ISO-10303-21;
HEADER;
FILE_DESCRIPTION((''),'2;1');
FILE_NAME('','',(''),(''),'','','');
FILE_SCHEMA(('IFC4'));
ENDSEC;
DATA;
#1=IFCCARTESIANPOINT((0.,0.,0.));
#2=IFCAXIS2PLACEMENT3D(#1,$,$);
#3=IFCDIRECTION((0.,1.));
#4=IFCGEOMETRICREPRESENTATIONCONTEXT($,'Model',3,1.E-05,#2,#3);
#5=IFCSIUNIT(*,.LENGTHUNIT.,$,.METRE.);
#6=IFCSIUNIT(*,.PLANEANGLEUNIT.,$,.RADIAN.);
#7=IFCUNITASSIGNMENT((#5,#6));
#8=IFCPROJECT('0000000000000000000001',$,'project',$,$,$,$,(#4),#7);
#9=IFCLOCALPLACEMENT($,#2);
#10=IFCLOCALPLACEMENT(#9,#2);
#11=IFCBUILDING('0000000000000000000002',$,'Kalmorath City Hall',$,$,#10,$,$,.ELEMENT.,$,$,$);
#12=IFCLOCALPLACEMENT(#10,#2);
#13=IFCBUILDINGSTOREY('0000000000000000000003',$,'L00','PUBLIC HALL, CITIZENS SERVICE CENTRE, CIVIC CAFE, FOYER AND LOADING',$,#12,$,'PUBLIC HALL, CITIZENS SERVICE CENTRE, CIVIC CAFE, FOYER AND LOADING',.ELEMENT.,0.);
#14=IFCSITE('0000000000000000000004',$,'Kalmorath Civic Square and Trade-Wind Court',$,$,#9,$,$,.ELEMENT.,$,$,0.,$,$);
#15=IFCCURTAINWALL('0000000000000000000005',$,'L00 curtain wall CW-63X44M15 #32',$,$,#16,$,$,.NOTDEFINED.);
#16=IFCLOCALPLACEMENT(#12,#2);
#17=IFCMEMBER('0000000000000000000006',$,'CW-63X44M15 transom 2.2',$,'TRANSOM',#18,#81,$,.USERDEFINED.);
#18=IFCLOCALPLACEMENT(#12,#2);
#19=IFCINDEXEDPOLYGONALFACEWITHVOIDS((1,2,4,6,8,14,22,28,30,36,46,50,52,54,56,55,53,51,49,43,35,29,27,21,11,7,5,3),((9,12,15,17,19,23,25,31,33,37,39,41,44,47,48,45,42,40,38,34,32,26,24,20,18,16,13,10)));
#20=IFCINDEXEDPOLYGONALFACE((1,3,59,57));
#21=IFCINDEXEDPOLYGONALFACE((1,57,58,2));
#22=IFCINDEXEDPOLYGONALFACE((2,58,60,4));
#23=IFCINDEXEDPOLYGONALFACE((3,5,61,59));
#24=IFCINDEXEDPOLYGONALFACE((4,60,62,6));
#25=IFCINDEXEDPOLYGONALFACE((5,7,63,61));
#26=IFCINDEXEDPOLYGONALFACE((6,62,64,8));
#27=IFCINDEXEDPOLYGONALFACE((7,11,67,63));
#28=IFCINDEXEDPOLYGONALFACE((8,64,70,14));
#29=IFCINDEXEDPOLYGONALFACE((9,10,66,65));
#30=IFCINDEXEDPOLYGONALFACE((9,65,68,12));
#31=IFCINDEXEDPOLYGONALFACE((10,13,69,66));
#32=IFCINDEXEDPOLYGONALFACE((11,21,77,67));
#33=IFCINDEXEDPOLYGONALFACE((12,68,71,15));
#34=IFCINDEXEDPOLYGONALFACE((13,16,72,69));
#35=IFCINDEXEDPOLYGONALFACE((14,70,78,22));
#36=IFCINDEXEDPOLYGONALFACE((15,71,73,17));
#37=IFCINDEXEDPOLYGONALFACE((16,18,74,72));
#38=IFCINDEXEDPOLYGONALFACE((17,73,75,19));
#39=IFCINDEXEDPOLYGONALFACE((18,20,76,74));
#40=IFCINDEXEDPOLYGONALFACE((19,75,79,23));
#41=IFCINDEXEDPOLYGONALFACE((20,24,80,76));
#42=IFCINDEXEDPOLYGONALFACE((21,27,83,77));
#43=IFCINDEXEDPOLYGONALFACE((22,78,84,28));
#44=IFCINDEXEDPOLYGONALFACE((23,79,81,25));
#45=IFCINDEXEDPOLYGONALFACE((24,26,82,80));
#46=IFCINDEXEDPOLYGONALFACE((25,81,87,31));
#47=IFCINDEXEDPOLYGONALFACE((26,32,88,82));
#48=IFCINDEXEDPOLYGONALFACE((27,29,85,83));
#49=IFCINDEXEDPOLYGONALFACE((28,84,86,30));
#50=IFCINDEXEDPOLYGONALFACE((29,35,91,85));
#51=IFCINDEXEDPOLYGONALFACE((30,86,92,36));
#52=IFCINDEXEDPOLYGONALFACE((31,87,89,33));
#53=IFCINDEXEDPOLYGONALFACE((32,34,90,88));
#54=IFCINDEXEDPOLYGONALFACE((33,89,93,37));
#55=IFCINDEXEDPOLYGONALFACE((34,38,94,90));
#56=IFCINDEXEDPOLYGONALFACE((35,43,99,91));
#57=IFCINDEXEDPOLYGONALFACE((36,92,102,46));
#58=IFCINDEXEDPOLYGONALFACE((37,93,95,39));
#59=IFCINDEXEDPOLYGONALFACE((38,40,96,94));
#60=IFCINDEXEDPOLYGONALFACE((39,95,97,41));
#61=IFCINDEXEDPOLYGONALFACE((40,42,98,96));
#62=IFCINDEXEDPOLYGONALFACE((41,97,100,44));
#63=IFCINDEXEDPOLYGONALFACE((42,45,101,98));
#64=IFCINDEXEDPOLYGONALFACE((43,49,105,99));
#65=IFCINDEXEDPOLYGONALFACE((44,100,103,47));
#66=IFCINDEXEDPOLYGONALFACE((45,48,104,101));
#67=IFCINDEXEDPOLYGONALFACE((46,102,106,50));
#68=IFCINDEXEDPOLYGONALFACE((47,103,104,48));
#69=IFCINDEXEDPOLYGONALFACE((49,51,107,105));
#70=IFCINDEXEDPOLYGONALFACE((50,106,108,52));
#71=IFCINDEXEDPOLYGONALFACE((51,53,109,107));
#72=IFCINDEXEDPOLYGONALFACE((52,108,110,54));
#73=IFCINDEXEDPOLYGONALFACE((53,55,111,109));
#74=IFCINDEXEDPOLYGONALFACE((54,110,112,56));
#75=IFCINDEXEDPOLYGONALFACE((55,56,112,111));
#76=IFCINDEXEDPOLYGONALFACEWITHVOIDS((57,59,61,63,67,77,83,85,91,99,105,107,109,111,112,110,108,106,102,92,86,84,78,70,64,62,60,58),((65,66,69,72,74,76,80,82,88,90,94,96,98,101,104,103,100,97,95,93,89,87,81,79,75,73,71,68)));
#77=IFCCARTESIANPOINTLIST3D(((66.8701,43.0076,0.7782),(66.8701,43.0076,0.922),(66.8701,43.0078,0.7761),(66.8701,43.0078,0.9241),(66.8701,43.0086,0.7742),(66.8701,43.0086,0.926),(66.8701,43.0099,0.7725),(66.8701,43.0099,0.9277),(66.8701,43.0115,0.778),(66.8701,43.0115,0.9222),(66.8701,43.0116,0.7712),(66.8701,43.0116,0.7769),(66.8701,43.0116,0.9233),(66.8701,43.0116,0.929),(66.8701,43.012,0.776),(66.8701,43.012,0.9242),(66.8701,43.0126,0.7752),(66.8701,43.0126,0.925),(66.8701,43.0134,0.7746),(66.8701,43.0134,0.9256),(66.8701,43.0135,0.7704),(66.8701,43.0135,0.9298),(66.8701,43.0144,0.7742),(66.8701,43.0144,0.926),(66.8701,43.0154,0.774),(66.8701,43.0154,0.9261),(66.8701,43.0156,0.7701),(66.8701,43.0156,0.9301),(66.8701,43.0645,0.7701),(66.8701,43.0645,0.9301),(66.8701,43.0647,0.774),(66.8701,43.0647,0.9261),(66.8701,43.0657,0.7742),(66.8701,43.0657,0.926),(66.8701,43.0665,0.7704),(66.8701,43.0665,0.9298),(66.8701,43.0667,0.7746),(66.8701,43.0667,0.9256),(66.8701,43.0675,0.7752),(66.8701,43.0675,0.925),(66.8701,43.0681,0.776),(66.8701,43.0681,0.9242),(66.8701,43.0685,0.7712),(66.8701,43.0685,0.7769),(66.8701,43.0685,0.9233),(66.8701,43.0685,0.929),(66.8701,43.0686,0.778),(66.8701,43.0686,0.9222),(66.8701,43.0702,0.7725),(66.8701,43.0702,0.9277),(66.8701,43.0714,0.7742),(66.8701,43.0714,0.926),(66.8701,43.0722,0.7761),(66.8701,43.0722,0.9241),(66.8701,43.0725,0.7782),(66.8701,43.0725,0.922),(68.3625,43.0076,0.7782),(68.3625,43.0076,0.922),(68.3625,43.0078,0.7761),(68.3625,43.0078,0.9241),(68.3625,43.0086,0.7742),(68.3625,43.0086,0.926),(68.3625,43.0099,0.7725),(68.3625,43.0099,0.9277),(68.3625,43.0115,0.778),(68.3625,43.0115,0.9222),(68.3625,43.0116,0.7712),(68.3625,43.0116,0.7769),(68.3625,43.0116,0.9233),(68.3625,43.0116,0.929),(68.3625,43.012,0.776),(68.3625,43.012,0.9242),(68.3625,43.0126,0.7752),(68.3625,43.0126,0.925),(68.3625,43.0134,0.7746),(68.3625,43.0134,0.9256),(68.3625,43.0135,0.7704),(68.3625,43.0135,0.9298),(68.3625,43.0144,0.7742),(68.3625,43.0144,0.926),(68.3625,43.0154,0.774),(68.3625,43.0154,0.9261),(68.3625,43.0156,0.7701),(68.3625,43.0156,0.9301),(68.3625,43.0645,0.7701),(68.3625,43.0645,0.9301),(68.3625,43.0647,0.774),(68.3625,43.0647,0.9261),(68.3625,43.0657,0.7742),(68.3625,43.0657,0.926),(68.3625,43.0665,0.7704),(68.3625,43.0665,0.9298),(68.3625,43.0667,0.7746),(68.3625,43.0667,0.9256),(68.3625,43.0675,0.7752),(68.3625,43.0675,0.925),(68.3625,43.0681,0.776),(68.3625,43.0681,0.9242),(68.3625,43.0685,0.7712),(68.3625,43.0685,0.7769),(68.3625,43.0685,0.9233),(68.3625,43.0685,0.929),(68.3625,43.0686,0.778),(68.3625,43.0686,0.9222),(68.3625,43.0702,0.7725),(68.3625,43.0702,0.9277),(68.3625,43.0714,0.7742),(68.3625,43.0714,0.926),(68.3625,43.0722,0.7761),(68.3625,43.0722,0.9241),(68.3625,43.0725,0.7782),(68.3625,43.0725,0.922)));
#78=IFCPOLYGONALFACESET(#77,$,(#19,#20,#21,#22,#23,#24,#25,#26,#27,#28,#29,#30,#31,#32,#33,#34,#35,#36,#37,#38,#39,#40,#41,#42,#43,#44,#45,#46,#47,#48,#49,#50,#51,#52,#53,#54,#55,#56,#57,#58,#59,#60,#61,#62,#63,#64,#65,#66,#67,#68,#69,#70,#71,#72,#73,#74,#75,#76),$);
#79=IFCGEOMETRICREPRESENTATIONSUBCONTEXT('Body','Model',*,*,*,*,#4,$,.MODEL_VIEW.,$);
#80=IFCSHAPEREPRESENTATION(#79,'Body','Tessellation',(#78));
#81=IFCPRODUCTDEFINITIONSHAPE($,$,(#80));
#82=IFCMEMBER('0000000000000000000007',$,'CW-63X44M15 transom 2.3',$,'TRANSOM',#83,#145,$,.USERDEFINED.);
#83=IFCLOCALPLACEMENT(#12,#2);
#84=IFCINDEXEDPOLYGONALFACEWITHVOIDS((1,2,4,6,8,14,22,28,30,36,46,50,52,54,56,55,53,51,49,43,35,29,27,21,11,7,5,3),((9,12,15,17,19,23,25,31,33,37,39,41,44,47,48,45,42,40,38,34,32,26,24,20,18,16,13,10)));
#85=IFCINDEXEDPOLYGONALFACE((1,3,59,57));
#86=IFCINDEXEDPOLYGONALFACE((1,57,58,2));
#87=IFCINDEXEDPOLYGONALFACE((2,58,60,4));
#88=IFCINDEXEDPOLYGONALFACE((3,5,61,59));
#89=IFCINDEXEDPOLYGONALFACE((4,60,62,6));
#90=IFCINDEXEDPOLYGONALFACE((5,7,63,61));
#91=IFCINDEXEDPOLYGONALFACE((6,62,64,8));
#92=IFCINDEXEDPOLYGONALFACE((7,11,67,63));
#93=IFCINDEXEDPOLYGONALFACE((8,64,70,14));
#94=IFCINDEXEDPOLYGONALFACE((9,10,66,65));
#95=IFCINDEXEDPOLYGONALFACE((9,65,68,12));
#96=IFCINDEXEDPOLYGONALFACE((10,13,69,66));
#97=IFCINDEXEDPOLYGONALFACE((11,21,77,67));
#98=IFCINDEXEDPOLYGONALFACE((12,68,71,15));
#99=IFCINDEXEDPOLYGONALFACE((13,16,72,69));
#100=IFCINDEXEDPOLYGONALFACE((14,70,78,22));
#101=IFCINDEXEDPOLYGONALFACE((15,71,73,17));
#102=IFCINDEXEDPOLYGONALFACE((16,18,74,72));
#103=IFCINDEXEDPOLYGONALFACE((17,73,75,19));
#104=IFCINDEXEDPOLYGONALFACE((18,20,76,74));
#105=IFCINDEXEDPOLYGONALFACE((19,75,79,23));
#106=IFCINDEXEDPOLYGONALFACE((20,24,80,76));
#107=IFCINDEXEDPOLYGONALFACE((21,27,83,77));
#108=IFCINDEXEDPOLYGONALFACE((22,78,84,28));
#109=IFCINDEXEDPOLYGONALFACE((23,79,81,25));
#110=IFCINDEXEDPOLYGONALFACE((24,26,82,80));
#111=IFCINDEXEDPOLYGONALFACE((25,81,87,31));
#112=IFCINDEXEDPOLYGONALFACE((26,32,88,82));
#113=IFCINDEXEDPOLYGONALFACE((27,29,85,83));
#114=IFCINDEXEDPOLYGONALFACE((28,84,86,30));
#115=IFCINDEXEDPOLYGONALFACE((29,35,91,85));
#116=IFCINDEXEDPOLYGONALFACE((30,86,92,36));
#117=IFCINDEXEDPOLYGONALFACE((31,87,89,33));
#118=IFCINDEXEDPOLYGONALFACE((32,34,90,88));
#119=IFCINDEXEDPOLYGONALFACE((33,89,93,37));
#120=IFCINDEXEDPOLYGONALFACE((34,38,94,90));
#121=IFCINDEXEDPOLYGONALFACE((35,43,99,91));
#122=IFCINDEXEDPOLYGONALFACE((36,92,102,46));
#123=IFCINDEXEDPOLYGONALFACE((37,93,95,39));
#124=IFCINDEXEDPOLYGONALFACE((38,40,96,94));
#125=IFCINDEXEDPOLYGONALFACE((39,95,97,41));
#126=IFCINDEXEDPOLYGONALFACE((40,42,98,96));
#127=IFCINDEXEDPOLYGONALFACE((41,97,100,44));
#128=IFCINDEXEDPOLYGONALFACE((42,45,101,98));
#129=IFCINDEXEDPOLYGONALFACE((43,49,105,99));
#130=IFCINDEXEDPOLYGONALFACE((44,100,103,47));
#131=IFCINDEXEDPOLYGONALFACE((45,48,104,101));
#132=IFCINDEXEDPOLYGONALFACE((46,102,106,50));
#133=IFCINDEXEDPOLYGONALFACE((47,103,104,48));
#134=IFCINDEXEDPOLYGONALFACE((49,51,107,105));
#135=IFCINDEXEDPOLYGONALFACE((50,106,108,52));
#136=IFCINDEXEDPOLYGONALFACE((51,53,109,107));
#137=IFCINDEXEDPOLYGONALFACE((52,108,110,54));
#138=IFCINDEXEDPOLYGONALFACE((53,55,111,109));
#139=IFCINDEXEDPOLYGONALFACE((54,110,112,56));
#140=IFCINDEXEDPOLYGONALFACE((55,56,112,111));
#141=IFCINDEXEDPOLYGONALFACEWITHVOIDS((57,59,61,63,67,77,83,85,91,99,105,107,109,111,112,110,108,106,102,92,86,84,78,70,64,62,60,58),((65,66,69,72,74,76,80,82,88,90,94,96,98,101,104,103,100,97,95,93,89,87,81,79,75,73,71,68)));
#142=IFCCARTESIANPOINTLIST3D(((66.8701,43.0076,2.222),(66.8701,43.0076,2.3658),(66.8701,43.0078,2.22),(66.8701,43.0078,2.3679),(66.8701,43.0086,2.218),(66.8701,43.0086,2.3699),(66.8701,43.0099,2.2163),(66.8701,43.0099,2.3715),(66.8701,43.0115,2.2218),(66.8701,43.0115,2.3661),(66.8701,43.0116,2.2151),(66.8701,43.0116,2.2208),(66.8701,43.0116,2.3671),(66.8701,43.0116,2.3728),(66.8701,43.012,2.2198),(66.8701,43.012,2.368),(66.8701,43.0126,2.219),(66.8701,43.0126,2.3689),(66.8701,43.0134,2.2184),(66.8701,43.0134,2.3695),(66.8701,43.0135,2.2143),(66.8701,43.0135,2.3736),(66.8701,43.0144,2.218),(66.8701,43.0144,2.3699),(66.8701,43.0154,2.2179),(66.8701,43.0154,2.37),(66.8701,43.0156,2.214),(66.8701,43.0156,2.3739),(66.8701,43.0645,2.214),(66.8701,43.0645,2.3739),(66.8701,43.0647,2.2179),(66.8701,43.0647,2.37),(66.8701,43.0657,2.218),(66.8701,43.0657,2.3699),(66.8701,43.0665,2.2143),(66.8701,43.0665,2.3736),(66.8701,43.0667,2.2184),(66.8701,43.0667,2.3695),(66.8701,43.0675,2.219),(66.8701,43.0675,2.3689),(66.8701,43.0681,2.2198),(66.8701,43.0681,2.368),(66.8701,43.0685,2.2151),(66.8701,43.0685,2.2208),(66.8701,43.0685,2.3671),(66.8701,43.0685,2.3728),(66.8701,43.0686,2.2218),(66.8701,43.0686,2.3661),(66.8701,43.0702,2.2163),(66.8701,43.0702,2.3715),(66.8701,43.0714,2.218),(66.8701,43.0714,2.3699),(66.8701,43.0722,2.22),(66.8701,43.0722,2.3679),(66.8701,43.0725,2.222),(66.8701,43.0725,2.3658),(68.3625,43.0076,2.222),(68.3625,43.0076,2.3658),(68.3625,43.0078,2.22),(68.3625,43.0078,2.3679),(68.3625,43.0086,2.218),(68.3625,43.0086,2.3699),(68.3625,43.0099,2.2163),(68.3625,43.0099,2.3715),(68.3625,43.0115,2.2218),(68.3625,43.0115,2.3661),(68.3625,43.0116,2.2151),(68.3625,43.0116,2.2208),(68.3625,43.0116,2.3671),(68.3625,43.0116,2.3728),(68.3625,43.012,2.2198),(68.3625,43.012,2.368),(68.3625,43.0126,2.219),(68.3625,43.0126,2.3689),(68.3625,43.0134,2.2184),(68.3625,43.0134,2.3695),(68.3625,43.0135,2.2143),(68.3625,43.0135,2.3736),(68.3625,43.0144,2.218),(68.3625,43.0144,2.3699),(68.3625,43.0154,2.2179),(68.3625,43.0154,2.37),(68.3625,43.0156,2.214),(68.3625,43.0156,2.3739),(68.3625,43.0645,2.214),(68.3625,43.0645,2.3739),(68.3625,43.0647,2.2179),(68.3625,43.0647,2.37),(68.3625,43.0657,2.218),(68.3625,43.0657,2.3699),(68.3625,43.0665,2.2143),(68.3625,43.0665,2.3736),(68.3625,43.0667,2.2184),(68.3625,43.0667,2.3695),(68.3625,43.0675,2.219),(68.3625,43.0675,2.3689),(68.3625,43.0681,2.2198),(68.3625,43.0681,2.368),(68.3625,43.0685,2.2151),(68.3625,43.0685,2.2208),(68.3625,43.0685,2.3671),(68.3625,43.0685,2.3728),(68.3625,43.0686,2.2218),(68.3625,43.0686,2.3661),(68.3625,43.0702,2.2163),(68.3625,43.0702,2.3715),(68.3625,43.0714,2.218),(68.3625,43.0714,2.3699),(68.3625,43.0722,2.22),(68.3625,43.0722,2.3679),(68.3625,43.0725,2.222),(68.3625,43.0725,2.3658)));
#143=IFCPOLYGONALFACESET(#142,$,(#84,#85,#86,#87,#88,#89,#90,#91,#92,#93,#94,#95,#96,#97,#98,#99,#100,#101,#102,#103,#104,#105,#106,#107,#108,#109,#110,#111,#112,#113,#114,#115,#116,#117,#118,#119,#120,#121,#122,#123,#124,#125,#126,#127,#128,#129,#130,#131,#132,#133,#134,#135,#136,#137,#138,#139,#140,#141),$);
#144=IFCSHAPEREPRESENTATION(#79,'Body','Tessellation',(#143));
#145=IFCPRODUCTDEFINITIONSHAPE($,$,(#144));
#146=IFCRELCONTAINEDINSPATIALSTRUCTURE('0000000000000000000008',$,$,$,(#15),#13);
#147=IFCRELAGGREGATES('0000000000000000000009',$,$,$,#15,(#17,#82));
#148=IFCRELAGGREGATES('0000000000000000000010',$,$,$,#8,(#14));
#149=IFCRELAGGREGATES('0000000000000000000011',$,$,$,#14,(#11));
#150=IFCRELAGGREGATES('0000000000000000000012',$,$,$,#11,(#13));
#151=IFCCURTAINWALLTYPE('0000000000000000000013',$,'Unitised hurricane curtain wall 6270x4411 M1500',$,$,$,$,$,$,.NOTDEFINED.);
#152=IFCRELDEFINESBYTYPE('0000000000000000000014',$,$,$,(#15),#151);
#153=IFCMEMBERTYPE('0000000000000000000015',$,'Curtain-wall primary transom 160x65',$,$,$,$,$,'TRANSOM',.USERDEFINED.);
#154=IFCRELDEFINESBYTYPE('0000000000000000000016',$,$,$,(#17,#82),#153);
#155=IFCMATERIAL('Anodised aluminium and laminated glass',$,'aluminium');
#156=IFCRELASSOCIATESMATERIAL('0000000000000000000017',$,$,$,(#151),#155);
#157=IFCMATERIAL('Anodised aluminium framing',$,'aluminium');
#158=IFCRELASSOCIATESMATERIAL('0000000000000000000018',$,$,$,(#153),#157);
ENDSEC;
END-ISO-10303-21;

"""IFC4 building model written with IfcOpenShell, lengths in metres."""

from ifc_helpers import new_model, si_unit, direction, frame, origin, origin_2d, place, context, subcontext, project, spatial, hollow_rectangle, extrude, material, material_profile, profile_set, type_object, element, aggregate, save


model = new_model("IFC4")

# Units and contexts
model_context = context("Model", 3, precision=1e-05, world=origin(), true_north=direction((0.0, 1.0)))
body_context = subcontext(model_context, "Body", "Model", "MODEL_VIEW")
ifc_project = project(units=[si_unit("LENGTHUNIT", "METRE"), si_unit("PLANEANGLEUNIT", "RADIAN")], contexts=[model_context])

# Site, building, storey
site_placement = place(None, origin())
site = spatial("IfcSite", under=ifc_project, at=site_placement, Name="Kalmorath Civic Square and Trade-Wind Court", CompositionType="ELEMENT", RefElevation=0.0)
building_placement = place(site_placement, origin())
building = spatial("IfcBuilding", under=site, at=building_placement, Name="Kalmorath City Hall", CompositionType="ELEMENT")
storey_placement = place(building_placement, origin())
storey = spatial("IfcBuildingStorey", under=building, at=storey_placement, Name="L00", Description="PUBLIC HALL, CITIZENS SERVICE CENTRE, CIVIC CAFE, FOYER AND LOADING", LongName="PUBLIC HALL, CITIZENS SERVICE CENTRE, CIVIC CAFE, FOYER AND LOADING", CompositionType="ELEMENT", Elevation=0.0)

# Curtain wall, members
ifc_material_1 = material(Name="Anodised aluminium and laminated glass", Category="aluminium")
curtain_wall_type = type_object("IfcCurtainWallType", Name="Unitised hurricane curtain wall 6270x4411 M1500", PredefinedType="NOTDEFINED", material=ifc_material_1)
curtain_wall_placement = place(storey_placement, origin())
curtain_wall = element("IfcCurtainWall", 1, at=curtain_wall_placement, inside=storey, type_object=curtain_wall_type, Name="L00 curtain wall CW-63X44M15 #32", PredefinedType="NOTDEFINED")
ifc_material_2 = material(Name="Anodised aluminium framing", Category="aluminium")
ifc_material_profile_1 = material_profile(ifc_material_2, hollow_rectangle(XDim=0.0649, YDim=0.1599, WallThickness=0.0039, InnerFilletRadius=0.0039, OuterFilletRadius=0.0081, at=origin_2d()), Name="ALU-TRN-160X65X4")
ifc_profile_set_1 = profile_set([ifc_material_profile_1], Name="Anodised aluminium framing")
member_type_1 = type_object("IfcMemberType", Name="Curtain-wall primary transom 160x65", ElementType="TRANSOM", PredefinedType="USERDEFINED", material=ifc_profile_set_1)
member_1_placement = place(storey_placement, frame((66.8701, 43.04, 0.8501), z_axis=(1.0, 0.0, 0.0), x_axis=(0.0, 1.0, 0.0)))
member_1 = element("IfcMember", 2, at=member_1_placement, type_object=member_type_1, Name="CW-63X44M15 transom 2.2", ObjectType="TRANSOM", PredefinedType="USERDEFINED", context=body_context, shape_type="SweptSolid", body=[
    extrude(hollow_rectangle(XDim=0.0649, YDim=0.1599, WallThickness=0.0039, InnerFilletRadius=0.0039, OuterFilletRadius=0.0081, at=origin_2d()), origin(), (0.0, 0.0, 1.0), 1.4924),
])
member_2_placement = place(storey_placement, frame((66.8701, 43.04, 2.2939), z_axis=(1.0, 0.0, 0.0), x_axis=(0.0, 1.0, 0.0)))
member_2 = element("IfcMember", 3, at=member_2_placement, type_object=member_type_1, Name="CW-63X44M15 transom 2.3", ObjectType="TRANSOM", PredefinedType="USERDEFINED", context=body_context, shape_type="SweptSolid", body=[
    extrude(hollow_rectangle(XDim=0.0649, YDim=0.1599, WallThickness=0.0039, InnerFilletRadius=0.0039, OuterFilletRadius=0.0081, at=origin_2d()), origin(), (0.0, 0.0, 1.0), 1.4924),
])

aggregate(curtain_wall, [member_1, member_2])

save(model, "model.ifc")
